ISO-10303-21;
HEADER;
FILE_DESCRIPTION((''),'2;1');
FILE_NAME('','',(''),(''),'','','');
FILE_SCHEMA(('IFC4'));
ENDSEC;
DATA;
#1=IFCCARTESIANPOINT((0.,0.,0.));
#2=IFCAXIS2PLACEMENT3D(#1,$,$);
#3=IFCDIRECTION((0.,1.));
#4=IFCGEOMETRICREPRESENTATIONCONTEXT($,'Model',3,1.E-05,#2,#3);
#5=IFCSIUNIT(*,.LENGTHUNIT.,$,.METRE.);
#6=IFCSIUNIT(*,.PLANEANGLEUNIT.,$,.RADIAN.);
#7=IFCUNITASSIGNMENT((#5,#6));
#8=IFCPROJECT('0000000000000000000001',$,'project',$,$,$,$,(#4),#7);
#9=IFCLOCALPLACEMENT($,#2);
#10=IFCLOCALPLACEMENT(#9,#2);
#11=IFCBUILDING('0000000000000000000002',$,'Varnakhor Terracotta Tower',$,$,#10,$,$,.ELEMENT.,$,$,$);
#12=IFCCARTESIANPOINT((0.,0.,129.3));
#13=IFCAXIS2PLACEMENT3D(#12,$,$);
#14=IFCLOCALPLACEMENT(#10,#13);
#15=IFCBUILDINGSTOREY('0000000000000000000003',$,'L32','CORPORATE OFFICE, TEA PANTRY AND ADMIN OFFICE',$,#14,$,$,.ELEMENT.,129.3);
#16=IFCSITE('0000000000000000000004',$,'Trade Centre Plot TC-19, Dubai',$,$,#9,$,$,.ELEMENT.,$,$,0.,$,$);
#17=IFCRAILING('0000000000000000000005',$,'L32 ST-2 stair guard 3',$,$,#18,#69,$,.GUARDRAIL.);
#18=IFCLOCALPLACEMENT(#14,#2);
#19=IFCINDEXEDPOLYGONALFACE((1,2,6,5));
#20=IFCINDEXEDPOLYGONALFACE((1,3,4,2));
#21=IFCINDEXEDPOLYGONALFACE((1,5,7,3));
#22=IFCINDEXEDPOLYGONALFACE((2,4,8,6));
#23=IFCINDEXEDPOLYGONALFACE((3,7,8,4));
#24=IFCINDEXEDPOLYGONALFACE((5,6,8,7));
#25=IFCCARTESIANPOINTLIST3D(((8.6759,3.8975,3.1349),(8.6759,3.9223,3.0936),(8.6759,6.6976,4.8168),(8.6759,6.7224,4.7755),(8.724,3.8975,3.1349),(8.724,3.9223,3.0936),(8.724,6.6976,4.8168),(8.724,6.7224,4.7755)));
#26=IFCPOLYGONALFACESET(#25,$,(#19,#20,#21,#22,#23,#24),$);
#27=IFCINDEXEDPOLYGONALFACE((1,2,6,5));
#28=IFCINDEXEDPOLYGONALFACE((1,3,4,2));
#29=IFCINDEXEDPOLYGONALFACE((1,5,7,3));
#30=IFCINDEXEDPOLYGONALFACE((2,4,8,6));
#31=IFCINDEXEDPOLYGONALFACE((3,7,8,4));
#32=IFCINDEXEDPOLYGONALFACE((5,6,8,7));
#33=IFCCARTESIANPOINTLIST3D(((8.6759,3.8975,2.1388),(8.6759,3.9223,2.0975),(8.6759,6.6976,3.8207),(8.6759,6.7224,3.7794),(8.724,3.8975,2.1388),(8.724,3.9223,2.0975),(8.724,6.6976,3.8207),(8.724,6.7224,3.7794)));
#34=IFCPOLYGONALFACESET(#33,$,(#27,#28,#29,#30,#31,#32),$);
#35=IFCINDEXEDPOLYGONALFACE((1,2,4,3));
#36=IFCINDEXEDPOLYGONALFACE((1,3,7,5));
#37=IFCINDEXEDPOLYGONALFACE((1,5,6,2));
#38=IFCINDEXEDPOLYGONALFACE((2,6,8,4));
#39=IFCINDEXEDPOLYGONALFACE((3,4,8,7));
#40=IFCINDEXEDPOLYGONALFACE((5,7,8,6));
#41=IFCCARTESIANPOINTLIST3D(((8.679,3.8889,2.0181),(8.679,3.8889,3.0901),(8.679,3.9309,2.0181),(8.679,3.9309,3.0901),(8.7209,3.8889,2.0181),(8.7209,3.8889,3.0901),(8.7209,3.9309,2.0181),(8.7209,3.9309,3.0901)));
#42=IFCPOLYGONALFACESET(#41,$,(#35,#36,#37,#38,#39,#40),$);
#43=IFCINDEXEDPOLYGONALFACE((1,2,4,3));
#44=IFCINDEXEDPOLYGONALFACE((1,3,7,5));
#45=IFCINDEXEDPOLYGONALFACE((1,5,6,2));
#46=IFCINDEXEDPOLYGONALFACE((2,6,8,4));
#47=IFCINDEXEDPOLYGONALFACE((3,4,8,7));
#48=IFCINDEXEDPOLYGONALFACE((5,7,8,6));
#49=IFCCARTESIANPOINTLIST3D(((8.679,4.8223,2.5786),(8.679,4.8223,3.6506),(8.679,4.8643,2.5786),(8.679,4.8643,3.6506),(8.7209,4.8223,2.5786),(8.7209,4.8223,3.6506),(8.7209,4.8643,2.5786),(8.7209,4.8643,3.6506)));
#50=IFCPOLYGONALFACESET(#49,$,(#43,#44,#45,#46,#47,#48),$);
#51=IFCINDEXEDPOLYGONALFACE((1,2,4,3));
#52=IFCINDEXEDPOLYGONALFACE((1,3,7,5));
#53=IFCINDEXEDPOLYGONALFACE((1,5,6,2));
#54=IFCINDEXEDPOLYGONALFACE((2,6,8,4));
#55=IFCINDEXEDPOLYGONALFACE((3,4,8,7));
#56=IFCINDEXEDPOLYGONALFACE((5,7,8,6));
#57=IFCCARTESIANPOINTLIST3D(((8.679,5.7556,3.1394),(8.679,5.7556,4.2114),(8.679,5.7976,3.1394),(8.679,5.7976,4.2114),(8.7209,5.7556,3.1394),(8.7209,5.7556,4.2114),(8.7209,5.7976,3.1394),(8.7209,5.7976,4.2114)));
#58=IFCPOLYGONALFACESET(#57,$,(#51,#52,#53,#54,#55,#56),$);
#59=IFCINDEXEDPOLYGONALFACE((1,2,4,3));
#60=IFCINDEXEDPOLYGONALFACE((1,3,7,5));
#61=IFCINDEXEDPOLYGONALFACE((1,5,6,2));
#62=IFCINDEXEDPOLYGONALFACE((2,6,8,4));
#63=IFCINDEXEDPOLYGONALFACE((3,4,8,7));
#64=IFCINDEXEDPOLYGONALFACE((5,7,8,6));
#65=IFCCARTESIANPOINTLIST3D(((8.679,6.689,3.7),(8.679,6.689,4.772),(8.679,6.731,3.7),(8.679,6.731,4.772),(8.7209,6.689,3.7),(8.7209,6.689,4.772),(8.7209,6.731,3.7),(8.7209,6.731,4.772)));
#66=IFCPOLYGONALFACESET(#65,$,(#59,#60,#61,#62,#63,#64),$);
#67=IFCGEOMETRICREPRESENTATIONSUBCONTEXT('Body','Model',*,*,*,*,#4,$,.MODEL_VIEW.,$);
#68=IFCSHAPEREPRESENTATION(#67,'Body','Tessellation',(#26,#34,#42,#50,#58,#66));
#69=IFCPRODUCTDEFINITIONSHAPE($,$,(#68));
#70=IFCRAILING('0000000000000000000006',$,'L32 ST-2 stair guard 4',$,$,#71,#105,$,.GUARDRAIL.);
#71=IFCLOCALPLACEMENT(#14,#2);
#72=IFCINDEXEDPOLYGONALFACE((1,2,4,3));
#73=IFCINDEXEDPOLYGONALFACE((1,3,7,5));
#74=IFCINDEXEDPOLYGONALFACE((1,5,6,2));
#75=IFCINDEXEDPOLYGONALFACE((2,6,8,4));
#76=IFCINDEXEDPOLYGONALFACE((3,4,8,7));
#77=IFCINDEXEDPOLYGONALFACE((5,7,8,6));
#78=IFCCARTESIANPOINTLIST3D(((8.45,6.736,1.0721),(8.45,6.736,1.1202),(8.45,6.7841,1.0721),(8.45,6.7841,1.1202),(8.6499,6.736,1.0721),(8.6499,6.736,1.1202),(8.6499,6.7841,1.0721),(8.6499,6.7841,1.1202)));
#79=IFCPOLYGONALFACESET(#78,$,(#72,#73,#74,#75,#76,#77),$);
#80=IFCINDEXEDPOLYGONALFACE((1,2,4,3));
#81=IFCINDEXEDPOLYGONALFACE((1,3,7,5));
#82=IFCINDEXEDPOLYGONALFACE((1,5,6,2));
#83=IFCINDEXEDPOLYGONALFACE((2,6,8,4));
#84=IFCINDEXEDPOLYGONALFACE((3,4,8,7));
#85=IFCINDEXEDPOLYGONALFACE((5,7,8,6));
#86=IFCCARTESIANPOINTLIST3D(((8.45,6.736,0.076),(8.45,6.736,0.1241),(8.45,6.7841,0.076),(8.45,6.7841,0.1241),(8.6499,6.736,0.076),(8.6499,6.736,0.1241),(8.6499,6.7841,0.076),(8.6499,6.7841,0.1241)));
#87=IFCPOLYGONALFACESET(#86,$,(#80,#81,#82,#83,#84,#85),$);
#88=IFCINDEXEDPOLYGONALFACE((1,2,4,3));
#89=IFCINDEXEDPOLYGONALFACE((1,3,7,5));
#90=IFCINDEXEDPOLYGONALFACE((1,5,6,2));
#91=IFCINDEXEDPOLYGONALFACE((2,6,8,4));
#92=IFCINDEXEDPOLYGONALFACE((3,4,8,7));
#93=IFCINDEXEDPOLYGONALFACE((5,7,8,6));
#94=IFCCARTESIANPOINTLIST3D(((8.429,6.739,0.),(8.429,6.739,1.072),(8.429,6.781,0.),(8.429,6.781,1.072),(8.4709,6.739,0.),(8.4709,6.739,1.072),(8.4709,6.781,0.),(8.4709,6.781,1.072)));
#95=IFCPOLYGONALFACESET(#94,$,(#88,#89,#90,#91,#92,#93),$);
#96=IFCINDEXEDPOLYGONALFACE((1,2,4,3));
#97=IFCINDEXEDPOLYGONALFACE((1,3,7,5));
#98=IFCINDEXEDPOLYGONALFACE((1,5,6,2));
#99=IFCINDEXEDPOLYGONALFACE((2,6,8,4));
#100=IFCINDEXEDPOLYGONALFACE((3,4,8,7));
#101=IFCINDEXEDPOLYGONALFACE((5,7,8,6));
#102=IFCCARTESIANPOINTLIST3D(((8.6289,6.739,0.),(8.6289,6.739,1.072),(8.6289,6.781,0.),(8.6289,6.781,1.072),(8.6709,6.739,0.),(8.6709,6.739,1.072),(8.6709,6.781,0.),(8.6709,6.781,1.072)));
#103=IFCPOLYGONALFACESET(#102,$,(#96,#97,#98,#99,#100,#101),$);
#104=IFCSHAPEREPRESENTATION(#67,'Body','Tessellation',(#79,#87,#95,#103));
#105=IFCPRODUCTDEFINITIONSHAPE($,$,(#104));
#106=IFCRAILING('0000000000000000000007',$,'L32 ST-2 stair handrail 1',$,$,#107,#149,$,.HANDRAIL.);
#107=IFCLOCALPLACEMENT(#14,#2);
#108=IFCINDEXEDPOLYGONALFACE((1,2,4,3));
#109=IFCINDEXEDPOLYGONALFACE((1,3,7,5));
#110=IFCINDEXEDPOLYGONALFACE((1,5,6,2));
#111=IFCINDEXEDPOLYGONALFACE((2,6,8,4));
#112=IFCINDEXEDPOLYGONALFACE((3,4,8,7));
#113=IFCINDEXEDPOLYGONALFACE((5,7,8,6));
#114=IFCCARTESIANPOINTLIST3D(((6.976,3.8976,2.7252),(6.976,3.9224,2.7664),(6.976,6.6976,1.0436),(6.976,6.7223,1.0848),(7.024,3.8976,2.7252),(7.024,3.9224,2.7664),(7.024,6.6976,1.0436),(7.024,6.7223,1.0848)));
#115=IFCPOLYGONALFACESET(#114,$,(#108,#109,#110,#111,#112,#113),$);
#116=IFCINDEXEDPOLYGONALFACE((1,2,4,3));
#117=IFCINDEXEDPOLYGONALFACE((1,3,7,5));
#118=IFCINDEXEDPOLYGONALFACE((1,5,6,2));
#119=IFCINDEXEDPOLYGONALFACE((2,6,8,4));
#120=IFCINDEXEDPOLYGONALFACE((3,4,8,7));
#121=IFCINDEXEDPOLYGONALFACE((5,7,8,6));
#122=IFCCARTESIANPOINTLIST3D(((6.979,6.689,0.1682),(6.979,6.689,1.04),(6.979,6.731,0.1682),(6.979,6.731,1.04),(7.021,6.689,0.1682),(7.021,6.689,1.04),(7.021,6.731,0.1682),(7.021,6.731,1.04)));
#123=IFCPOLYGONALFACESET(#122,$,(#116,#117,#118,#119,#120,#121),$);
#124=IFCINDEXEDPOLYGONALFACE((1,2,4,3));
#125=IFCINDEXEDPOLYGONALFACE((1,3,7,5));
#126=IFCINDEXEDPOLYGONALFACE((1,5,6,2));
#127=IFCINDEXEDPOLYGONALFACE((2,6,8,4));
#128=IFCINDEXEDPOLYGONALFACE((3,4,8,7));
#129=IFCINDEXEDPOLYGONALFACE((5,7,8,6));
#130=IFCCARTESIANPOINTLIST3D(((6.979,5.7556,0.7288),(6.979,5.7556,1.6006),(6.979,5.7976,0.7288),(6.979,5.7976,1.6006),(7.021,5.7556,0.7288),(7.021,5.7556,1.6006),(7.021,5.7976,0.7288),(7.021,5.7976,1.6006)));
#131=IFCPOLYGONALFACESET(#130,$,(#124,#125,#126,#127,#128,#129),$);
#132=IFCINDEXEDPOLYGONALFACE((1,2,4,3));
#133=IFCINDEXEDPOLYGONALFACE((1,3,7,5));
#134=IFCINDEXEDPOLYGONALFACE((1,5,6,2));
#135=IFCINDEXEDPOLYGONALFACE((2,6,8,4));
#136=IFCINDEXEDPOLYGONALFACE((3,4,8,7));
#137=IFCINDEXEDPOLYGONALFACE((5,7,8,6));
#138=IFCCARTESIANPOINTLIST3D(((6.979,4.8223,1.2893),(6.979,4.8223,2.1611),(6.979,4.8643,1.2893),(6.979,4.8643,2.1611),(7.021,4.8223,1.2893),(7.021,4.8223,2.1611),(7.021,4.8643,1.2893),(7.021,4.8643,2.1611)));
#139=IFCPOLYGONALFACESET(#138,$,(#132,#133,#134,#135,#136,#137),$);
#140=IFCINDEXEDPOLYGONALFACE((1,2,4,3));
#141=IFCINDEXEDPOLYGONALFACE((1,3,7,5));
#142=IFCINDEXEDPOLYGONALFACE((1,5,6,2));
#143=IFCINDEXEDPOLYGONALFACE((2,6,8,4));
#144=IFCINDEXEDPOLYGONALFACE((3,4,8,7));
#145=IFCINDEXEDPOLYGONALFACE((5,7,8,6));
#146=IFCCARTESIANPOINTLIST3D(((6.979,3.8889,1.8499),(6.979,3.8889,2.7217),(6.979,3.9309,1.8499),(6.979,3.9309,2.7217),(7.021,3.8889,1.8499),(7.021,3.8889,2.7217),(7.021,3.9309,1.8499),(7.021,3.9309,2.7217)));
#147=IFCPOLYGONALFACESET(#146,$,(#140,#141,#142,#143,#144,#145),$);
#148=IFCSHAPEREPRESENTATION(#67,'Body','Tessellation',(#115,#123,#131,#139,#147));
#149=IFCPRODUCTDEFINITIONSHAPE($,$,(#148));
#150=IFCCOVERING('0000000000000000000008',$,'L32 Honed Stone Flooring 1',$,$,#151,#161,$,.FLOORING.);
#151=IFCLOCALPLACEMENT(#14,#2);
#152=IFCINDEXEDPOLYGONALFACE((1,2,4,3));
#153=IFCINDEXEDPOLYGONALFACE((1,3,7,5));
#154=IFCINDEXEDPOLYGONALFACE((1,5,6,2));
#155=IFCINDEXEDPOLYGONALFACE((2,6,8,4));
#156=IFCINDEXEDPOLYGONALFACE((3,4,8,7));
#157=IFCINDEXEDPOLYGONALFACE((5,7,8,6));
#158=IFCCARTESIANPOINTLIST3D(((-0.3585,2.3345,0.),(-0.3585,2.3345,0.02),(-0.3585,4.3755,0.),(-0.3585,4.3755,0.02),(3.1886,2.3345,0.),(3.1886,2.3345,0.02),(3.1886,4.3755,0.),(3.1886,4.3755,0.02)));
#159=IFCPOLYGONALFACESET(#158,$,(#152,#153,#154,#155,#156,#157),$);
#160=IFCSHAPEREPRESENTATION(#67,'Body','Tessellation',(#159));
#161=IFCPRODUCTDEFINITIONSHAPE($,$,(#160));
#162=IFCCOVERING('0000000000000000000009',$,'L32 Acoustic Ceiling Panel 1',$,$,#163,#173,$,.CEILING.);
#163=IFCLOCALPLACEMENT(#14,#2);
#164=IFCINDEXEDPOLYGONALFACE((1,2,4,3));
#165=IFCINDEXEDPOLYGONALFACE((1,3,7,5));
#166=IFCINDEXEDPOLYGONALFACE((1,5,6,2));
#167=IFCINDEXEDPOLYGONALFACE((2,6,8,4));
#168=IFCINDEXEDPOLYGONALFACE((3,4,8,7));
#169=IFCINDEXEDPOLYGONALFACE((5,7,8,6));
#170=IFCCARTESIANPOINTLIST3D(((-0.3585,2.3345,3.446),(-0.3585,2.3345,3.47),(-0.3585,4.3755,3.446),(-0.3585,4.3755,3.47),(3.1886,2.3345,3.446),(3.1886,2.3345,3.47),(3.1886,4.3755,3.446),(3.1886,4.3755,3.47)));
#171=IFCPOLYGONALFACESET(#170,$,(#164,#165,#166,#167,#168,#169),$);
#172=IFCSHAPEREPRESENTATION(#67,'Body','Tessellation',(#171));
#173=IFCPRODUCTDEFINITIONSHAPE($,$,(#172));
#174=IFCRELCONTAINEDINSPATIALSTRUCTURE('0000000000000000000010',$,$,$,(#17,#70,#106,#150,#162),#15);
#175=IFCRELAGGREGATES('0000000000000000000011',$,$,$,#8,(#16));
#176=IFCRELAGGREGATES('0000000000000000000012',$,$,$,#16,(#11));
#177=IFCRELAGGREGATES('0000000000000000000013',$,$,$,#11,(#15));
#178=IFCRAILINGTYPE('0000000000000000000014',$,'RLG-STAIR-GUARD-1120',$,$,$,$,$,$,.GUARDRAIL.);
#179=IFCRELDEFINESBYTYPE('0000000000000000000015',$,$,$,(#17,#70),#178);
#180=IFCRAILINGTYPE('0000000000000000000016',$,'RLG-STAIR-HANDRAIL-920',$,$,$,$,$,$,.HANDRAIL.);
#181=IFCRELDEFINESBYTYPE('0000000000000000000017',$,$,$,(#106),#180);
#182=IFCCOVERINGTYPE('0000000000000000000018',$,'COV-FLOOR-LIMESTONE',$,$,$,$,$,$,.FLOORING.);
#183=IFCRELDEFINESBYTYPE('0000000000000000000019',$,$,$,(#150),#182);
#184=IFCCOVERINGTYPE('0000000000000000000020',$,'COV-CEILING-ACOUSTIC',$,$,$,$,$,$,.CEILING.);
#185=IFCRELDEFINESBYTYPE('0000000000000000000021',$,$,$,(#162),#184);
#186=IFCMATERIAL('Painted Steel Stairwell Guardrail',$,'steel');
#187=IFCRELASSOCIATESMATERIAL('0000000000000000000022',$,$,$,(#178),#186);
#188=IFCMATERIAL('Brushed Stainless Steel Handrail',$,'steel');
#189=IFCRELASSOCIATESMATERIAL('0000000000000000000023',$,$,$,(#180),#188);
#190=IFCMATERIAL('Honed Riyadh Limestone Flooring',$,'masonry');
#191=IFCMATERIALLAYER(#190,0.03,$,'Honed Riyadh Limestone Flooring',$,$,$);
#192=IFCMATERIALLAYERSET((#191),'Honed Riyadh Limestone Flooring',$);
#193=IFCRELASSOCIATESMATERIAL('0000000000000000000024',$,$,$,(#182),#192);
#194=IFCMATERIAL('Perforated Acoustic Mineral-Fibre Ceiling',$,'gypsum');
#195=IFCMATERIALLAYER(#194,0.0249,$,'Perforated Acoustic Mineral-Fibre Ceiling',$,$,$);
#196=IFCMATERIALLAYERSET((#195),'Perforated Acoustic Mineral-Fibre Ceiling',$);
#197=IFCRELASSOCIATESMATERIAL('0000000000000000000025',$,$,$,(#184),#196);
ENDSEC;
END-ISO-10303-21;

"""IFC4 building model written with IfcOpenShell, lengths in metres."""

from ifc_helpers import new_model, si_unit, direction, frame, origin, origin_2d, place, context, subcontext, project, spatial, rectangle, extrude, source, transform, mapped, material, layer, layer_set, type_object, element, save


model = new_model("IFC4")

# Units and contexts
model_context = context("Model", 3, precision=1e-05, world=origin(), true_north=direction((0.0, 1.0)))
body_context = subcontext(model_context, "Body", "Model", "MODEL_VIEW")
ifc_project = project(units=[si_unit("LENGTHUNIT", "METRE"), si_unit("PLANEANGLEUNIT", "RADIAN")], contexts=[model_context])

# Site, building, storey
site_placement = place(None, origin())
site = spatial("IfcSite", under=ifc_project, at=site_placement, Name="Trade Centre Plot TC-19, Dubai", CompositionType="ELEMENT", RefElevation=0.0)
building_placement = place(site_placement, origin())
building = spatial("IfcBuilding", under=site, at=building_placement, Name="Varnakhor Terracotta Tower", CompositionType="ELEMENT")
storey_placement = place(building_placement, frame((0.0, 0.0, 129.3)))
storey = spatial("IfcBuildingStorey", under=building, at=storey_placement, Name="L32", Description="CORPORATE OFFICE, TEA PANTRY AND ADMIN OFFICE", CompositionType="ELEMENT", Elevation=129.3)

# Railings
ifc_material_1 = material(Name="Painted Steel Stairwell Guardrail", Category="steel")
railing_type_1 = type_object("IfcRailingType", Name="RLG-STAIR-GUARD-1120", PredefinedType="GUARDRAIL", material=ifc_material_1)
railing_1_placement = place(storey_placement, frame((8.7, 3.9099, 2.0181)))
element("IfcRailing", 1, at=railing_1_placement, inside=storey, type_object=railing_type_1, Name="L32 ST-2 stair guard 3", PredefinedType="GUARDRAIL", context=body_context, shape_type="SweptSolid", body=[
    extrude(rectangle(XDim=0.0481, YDim=0.0481, at=origin_2d()), frame((0.0, 0.0, 1.0962), z_axis=(0.0, 0.857242, 0.514913), x_axis=(-1.0, 0.0, 0.0)), (0.0, 0.0, 1.0), 3.2664),
    extrude(rectangle(XDim=0.0481, YDim=0.0481, at=origin_2d()), frame((0.0, 0.0, 0.1001), z_axis=(0.0, 0.857242, 0.514913), x_axis=(-1.0, 0.0, 0.0)), (0.0, 0.0, 1.0), 3.2664),
    extrude(rectangle(XDim=0.042, YDim=0.042, at=origin_2d()), origin(), (0.0, 0.0, 1.0), 1.072),
    extrude(rectangle(XDim=0.042, YDim=0.042, at=origin_2d()), frame((0.0, 0.9333, 0.5605)), (0.0, 0.0, 1.0), 1.072),
    extrude(rectangle(XDim=0.042, YDim=0.042, at=origin_2d()), frame((0.0, 1.8667, 1.1213)), (0.0, 0.0, 1.0), 1.072),
    extrude(rectangle(XDim=0.042, YDim=0.042, at=origin_2d()), frame((0.0, 2.8, 1.6819)), (0.0, 0.0, 1.0), 1.072),
])
railing_2_placement = place(storey_placement, frame((8.45, 6.76, 0.0)))
element("IfcRailing", 2, at=railing_2_placement, inside=storey, type_object=railing_type_1, Name="L32 ST-2 stair guard 4", PredefinedType="GUARDRAIL", context=body_context, shape_type="SweptSolid", body=[
    extrude(rectangle(XDim=0.0481, YDim=0.0481, at=origin_2d()), frame((0.0, 0.0, 1.0962), z_axis=(1.0, 0.0, 0.0), x_axis=(0.0, 1.0, 0.0)), (0.0, 0.0, 1.0), 0.2),
    extrude(rectangle(XDim=0.0481, YDim=0.0481, at=origin_2d()), frame((0.0, 0.0, 0.1001), z_axis=(1.0, 0.0, 0.0), x_axis=(0.0, 1.0, 0.0)), (0.0, 0.0, 1.0), 0.2),
    extrude(rectangle(XDim=0.042, YDim=0.042, at=origin_2d()), origin(), (0.0, 0.0, 1.0), 1.072),
    extrude(rectangle(XDim=0.042, YDim=0.042, at=origin_2d()), frame((0.2, 0.0, 0.0)), (0.0, 0.0, 1.0), 1.072),
])
ifc_material_2 = material(Name="Brushed Stainless Steel Handrail", Category="steel")
railing_type_2 = type_object("IfcRailingType", Name="RLG-STAIR-HANDRAIL-920", PredefinedType="HANDRAIL", material=ifc_material_2)
railing_3_placement = place(storey_placement, frame((7.0, 6.71, 0.1682)))
element("IfcRailing", 3, at=railing_3_placement, inside=storey, type_object=railing_type_2, Name="L32 ST-2 stair handrail 1", PredefinedType="HANDRAIL", context=body_context, shape_type="SweptSolid", body=[
    extrude(rectangle(XDim=0.0481, YDim=0.0481, at=origin_2d()), frame((0.0, 0.0, 0.896), z_axis=(0.0, -0.857275, 0.514858), x_axis=(1.0, 0.0, 0.0)), (0.0, 0.0, 1.0), 3.2661),
    extrude(rectangle(XDim=0.042, YDim=0.042, at=origin_2d()), origin(), (0.0, 0.0, 1.0), 0.8718),
    extrude(rectangle(XDim=0.042, YDim=0.042, at=origin_2d()), frame((0.0, -0.9333, 0.5605)), (0.0, 0.0, 1.0), 0.8718),
    extrude(rectangle(XDim=0.042, YDim=0.042, at=origin_2d()), frame((0.0, -1.8667, 1.1211)), (0.0, 0.0, 1.0), 0.8718),
    extrude(rectangle(XDim=0.042, YDim=0.042, at=origin_2d()), frame((0.0, -2.8, 1.6816)), (0.0, 0.0, 1.0), 0.8718),
])

# Coverings
ifc_material_3 = material(Name="Honed Riyadh Limestone Flooring", Category="masonry")
ifc_layer_1 = layer(ifc_material_3, 0.03, Name="Honed Riyadh Limestone Flooring")
ifc_layer_set_1 = layer_set([ifc_layer_1], Name="Honed Riyadh Limestone Flooring")
covering_type_1 = type_object("IfcCoveringType", Name="COV-FLOOR-LIMESTONE", PredefinedType="FLOORING", material=ifc_layer_set_1)
shared_shape_1 = source(origin(), body_context, "Body", "SweptSolid", [
    extrude(rectangle(XDim=3.5471, YDim=2.041, at=origin_2d()), origin(), (0.0, 0.0, 1.0), 0.02),
])
covering_1_placement = place(storey_placement, frame((1.415, 3.355, 0.0), z_axis=(0.0, 0.0, 1.0), x_axis=(1.0, 0.0, 0.0)))
element("IfcCovering", 4, at=covering_1_placement, inside=storey, type_object=covering_type_1, Name="L32 Honed Stone Flooring 1", PredefinedType="FLOORING", context=body_context, shape_type="MappedRepresentation", body=[
    mapped(shared_shape_1, transform((0.0, 0.0, 0.0), scale=1.0)),
])
ifc_material_4 = material(Name="Perforated Acoustic Mineral-Fibre Ceiling", Category="gypsum")
ifc_layer_2 = layer(ifc_material_4, 0.0249, Name="Perforated Acoustic Mineral-Fibre Ceiling")
ifc_layer_set_2 = layer_set([ifc_layer_2], Name="Perforated Acoustic Mineral-Fibre Ceiling")
covering_type_2 = type_object("IfcCoveringType", Name="COV-CEILING-ACOUSTIC", PredefinedType="CEILING", material=ifc_layer_set_2)
shared_shape_2 = source(origin(), body_context, "Body", "SweptSolid", [
    extrude(rectangle(XDim=3.5471, YDim=2.041, at=origin_2d()), origin(), (0.0, 0.0, 1.0), 0.0239),
])
covering_2_placement = place(storey_placement, frame((1.415, 3.355, 3.446), z_axis=(0.0, 0.0, 1.0), x_axis=(1.0, 0.0, 0.0)))
element("IfcCovering", 5, at=covering_2_placement, inside=storey, type_object=covering_type_2, Name="L32 Acoustic Ceiling Panel 1", PredefinedType="CEILING", context=body_context, shape_type="MappedRepresentation", body=[
    mapped(shared_shape_2, transform((0.0, 0.0, 0.0), scale=1.0)),
])

save(model, "model.ifc")
